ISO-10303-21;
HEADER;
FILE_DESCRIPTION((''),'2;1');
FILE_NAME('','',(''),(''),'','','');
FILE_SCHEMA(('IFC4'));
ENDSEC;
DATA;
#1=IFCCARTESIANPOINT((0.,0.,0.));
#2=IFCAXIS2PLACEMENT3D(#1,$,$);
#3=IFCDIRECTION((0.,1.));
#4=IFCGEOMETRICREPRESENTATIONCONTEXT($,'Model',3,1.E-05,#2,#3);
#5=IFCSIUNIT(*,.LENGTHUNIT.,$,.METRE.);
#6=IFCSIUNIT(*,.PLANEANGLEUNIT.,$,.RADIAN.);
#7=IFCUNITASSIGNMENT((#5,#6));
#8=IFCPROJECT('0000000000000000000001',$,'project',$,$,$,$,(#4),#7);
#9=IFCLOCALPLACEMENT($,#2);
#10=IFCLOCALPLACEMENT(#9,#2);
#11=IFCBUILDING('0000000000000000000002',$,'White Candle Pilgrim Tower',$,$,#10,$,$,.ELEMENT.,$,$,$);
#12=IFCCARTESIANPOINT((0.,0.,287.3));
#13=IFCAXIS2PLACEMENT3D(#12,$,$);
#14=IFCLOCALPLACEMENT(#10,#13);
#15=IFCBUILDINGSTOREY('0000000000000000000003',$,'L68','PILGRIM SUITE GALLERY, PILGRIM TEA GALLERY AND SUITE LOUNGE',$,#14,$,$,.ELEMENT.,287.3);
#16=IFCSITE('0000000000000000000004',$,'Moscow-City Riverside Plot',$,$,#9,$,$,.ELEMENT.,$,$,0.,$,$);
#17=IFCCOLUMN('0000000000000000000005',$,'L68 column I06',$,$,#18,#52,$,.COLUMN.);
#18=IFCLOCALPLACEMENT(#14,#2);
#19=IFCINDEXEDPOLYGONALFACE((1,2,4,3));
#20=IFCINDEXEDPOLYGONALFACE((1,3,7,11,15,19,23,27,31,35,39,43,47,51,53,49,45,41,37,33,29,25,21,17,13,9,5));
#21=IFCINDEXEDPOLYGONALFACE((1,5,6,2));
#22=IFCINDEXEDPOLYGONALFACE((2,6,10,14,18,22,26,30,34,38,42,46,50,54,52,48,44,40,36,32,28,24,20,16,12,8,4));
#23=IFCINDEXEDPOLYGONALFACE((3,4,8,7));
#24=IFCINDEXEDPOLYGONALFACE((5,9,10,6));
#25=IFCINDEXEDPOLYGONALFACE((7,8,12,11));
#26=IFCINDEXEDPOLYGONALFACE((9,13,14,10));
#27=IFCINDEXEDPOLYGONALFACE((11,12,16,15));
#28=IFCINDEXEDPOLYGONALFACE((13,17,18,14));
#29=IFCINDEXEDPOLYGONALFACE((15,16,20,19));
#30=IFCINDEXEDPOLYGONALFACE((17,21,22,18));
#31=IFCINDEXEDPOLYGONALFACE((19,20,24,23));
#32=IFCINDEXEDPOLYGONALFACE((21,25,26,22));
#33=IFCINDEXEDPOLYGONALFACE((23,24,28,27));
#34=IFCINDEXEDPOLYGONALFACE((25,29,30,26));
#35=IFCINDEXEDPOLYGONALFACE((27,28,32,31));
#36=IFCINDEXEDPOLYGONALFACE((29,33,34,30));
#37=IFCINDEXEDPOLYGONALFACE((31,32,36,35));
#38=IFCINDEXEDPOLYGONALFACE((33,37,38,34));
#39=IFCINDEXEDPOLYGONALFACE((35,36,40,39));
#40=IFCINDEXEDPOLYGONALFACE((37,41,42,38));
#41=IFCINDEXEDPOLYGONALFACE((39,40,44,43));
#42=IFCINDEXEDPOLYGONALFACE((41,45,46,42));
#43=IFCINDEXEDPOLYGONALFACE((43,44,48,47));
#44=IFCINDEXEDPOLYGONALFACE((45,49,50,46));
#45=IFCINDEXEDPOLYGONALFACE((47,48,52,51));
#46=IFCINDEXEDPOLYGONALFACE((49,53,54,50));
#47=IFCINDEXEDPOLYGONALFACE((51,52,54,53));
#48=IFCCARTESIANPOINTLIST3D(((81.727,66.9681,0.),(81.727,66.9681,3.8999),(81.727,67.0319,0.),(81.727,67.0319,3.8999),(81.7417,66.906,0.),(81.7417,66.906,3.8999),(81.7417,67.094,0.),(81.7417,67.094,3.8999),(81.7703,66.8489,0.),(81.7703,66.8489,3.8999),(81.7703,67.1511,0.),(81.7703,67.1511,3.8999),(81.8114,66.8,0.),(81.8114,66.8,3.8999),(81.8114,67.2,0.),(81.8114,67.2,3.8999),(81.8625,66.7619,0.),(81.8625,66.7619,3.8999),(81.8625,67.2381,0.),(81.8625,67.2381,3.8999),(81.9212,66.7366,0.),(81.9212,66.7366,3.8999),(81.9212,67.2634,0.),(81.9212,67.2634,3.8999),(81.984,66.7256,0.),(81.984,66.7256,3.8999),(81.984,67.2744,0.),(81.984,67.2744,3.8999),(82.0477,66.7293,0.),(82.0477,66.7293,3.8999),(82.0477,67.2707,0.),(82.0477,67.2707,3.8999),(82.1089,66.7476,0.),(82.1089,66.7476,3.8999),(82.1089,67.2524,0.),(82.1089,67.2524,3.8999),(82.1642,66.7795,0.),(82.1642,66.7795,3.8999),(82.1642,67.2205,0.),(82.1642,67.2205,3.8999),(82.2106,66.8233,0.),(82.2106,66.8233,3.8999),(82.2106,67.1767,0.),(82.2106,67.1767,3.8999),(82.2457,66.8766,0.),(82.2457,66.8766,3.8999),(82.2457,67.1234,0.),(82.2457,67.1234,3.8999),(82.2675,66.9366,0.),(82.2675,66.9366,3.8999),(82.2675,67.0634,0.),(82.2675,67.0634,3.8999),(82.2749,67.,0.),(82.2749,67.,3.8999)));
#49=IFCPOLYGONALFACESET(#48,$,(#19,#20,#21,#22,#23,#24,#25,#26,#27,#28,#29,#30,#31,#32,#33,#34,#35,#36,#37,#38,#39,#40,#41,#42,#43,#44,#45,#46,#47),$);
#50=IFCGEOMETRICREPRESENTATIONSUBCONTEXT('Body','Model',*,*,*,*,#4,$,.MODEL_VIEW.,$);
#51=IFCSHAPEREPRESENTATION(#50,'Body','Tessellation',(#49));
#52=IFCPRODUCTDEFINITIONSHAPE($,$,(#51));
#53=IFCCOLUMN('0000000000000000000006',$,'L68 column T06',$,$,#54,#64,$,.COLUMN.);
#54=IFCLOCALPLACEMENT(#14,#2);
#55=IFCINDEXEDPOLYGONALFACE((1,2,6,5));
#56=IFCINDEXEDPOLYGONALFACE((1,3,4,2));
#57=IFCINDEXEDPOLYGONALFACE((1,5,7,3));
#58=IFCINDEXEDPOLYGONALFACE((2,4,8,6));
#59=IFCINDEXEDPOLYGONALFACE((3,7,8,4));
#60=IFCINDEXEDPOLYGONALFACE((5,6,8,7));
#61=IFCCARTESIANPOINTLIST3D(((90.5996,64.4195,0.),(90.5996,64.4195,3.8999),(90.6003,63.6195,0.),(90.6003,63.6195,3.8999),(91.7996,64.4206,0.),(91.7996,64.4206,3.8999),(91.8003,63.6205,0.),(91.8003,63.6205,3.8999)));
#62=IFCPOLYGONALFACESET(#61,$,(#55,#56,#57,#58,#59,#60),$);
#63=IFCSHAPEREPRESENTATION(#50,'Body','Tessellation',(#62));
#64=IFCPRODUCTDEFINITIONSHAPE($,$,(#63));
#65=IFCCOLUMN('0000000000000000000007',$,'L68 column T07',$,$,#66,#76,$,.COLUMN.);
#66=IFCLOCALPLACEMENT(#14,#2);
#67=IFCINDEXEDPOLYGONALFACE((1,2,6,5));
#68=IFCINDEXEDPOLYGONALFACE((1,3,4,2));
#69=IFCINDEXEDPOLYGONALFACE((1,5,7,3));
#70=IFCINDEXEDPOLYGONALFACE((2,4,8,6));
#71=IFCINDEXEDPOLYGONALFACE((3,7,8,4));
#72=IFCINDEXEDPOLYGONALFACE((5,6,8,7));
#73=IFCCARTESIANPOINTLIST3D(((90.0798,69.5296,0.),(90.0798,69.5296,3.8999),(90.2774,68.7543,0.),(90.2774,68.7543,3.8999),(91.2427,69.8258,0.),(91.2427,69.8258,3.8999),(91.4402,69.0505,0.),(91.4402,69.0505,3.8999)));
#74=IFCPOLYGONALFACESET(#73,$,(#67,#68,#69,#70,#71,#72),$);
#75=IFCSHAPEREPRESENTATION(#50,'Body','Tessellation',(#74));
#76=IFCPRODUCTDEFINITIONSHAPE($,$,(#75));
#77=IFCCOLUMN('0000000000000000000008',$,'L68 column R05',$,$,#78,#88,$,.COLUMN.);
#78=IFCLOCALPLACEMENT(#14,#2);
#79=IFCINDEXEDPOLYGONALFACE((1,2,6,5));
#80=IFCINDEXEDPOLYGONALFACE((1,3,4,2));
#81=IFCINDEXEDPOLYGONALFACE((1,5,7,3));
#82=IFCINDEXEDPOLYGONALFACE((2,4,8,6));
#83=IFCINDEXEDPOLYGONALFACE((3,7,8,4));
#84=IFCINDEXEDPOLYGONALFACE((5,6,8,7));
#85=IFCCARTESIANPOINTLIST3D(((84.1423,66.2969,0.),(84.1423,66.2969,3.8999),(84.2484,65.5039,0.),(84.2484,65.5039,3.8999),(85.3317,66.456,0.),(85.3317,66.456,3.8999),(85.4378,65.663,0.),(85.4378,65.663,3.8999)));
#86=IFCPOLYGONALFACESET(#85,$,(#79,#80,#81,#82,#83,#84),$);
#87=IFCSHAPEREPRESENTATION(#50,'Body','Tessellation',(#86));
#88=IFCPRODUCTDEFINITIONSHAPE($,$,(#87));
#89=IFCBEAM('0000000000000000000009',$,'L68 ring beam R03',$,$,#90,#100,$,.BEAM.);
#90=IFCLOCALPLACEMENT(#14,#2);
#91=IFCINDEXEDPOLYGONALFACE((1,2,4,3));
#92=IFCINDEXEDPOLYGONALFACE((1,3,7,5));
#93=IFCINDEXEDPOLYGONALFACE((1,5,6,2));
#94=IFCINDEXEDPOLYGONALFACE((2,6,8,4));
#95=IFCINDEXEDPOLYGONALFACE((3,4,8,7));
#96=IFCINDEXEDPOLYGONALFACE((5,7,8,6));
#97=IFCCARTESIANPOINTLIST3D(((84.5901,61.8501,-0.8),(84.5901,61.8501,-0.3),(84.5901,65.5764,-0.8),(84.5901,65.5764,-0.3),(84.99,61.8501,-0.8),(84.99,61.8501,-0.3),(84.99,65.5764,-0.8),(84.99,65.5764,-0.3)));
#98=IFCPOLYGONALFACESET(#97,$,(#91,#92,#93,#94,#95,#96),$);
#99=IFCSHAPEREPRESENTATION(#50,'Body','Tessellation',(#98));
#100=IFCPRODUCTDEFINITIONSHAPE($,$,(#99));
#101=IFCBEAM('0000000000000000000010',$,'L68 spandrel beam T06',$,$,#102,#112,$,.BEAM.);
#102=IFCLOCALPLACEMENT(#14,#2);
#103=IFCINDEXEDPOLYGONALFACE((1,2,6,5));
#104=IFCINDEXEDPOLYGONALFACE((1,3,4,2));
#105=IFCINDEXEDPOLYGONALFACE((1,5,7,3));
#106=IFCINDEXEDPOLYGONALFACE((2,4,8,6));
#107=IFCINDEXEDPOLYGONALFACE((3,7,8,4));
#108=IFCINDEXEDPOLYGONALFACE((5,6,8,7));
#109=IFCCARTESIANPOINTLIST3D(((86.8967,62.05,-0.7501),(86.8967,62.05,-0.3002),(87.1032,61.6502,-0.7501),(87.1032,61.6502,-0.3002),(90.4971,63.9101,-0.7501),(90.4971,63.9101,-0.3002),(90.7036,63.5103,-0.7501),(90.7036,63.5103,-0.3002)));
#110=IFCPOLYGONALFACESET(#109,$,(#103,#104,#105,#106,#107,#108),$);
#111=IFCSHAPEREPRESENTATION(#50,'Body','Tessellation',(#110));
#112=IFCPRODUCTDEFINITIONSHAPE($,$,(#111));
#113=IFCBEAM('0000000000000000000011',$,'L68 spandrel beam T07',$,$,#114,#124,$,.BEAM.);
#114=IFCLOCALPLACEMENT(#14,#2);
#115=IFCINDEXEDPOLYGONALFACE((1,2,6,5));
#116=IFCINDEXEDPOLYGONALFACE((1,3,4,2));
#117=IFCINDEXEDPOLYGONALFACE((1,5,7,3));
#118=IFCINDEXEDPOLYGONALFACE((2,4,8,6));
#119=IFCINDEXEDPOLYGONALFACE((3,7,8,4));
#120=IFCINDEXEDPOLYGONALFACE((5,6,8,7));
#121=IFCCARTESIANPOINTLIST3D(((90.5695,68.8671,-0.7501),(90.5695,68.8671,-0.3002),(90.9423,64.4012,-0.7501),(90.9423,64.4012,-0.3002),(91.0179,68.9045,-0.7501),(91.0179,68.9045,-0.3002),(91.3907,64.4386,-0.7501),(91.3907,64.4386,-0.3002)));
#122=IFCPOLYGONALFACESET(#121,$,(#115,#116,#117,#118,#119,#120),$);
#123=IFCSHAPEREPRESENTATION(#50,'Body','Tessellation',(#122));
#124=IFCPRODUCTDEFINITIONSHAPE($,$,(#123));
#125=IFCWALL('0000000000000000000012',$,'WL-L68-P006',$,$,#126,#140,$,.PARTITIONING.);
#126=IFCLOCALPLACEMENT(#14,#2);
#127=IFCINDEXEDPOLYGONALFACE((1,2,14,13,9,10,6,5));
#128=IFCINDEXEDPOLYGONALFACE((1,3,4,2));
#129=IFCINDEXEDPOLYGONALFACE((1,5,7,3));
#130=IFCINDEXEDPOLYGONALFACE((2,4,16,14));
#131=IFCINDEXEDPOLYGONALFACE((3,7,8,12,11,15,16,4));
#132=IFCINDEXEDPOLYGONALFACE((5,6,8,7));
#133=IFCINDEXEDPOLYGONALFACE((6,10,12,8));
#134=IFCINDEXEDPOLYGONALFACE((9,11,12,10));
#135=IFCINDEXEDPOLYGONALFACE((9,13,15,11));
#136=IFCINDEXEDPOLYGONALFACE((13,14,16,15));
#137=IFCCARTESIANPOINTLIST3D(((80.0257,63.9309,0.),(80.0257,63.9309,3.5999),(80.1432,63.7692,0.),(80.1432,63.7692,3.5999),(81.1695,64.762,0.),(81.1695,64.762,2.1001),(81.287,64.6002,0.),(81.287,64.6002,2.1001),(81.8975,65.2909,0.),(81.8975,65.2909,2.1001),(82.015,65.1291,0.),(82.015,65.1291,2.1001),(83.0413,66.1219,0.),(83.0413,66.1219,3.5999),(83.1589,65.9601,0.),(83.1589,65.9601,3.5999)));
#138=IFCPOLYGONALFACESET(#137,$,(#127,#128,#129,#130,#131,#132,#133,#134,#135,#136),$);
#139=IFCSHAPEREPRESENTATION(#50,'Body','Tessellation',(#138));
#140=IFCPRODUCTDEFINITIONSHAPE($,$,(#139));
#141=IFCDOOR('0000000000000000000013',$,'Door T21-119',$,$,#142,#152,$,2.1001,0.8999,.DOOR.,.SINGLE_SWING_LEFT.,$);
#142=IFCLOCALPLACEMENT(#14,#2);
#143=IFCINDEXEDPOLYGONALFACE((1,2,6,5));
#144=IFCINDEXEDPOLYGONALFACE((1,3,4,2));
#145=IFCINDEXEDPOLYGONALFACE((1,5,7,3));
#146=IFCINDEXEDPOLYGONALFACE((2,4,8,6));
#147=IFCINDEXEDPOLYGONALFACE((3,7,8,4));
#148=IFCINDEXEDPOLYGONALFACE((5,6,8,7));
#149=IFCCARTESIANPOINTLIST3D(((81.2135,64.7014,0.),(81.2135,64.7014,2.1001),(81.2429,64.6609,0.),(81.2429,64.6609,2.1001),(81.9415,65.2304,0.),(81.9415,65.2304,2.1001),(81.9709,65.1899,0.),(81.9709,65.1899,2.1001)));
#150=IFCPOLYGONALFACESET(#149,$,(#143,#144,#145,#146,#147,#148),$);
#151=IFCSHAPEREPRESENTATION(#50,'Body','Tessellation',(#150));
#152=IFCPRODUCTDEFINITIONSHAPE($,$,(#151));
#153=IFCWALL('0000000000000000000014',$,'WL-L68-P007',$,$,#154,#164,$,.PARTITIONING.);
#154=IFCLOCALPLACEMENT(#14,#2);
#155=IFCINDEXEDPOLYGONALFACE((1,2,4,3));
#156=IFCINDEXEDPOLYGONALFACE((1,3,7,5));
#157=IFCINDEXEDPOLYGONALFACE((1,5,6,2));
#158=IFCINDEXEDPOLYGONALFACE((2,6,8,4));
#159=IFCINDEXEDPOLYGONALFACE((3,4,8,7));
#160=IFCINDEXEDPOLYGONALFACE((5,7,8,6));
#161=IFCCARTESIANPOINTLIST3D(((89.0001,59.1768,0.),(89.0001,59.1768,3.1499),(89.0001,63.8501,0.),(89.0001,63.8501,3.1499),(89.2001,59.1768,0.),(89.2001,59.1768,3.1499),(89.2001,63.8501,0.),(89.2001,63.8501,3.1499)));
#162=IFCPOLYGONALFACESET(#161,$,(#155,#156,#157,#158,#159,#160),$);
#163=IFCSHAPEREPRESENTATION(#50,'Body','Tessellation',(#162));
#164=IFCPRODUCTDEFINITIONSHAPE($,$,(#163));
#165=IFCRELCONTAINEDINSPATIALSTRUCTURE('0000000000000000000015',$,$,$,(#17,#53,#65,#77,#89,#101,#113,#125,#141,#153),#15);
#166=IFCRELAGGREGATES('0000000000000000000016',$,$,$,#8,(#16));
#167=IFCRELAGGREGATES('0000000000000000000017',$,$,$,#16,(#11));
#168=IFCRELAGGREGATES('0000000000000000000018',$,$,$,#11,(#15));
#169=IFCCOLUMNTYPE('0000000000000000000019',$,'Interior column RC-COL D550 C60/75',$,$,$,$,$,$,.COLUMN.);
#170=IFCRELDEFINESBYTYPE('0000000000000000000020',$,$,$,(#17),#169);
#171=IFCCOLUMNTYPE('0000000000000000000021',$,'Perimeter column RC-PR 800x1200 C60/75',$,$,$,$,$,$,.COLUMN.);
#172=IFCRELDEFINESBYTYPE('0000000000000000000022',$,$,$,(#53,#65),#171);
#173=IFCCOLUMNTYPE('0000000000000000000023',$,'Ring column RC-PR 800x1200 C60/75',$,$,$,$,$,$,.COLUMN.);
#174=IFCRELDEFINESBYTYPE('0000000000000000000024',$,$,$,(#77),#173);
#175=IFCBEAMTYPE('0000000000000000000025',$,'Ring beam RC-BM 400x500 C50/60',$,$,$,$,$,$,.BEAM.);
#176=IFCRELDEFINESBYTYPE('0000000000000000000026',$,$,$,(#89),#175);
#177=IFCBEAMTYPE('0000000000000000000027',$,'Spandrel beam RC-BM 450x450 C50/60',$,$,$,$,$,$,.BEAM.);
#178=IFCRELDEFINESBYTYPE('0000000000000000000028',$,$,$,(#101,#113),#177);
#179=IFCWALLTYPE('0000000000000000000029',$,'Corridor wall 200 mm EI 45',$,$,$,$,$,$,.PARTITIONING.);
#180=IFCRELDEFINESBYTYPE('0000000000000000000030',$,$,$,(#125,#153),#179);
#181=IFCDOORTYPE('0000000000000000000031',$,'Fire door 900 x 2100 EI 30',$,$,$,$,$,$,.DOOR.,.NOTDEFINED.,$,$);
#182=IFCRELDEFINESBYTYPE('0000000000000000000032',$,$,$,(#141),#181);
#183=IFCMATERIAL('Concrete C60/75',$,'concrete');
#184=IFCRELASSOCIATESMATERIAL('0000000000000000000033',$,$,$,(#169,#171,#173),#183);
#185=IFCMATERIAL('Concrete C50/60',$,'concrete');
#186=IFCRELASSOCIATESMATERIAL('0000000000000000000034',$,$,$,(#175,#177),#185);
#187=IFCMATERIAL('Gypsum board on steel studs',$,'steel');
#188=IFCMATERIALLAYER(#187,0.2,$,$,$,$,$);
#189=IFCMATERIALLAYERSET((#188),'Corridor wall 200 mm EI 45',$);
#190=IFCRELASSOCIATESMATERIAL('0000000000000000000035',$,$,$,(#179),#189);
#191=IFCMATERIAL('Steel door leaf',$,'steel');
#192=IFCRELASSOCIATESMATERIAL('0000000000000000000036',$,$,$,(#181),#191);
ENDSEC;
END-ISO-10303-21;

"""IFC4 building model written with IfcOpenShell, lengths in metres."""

from ifc_helpers import new_model, si_unit, direction, frame, frame_2d, origin, origin_2d, place, context, subcontext, project, spatial, rectangle, circle, extrude, material, layer, layer_set, material_profile, profile_set, type_object, element, fill, save


model = new_model("IFC4")

# Units and contexts
model_context = context("Model", 3, precision=1e-05, world=origin(), true_north=direction((0.0, 1.0)))
body_context = subcontext(model_context, "Body", "Model", "MODEL_VIEW")
ifc_project = project(units=[si_unit("LENGTHUNIT", "METRE"), si_unit("PLANEANGLEUNIT", "RADIAN")], contexts=[model_context])

# Site, building, storey
site_placement = place(None, origin())
site = spatial("IfcSite", under=ifc_project, at=site_placement, Name="Moscow-City Riverside Plot", CompositionType="ELEMENT", RefElevation=0.0)
building_placement = place(site_placement, origin())
building = spatial("IfcBuilding", under=site, at=building_placement, Name="White Candle Pilgrim Tower", CompositionType="ELEMENT")
storey_placement = place(building_placement, frame((0.0, 0.0, 287.3)))
storey = spatial("IfcBuildingStorey", under=building, at=storey_placement, Name="L68", Description="PILGRIM SUITE GALLERY, PILGRIM TEA GALLERY AND SUITE LOUNGE", CompositionType="ELEMENT", Elevation=287.3)

# Columns
ifc_material_1 = material(Name="Concrete C60/75", Category="concrete")
ifc_material_profile_1 = material_profile(ifc_material_1, circle(Radius=0.2749, at=origin_2d()), Name="RC-COL D550")
ifc_profile_set_1 = profile_set([ifc_material_profile_1], Name="Concrete C60/75")
column_type_1 = type_object("IfcColumnType", Name="Interior column RC-COL D550 C60/75", PredefinedType="COLUMN", material=ifc_profile_set_1)
column_1_placement = place(storey_placement, frame((82.0, 67.0, 0.0), z_axis=(0.0, 0.0, 1.0), x_axis=(1.0, 0.0, 0.0)))
element("IfcColumn", 1, at=column_1_placement, inside=storey, type_object=column_type_1, Name="L68 column I06", PredefinedType="COLUMN", context=body_context, shape_type="SweptSolid", body=[
    extrude(circle(Radius=0.2749, at=origin_2d()), origin(), (0.0, 0.0, 1.0), 3.8999),
])
ifc_material_profile_2 = material_profile(ifc_material_1, rectangle(XDim=0.8, YDim=1.2, at=origin_2d()), Name="RC-PR 800x1200")
ifc_profile_set_2 = profile_set([ifc_material_profile_2], Name="Concrete C60/75")
column_type_2 = type_object("IfcColumnType", Name="Perimeter column RC-PR 800x1200 C60/75", PredefinedType="COLUMN", material=ifc_profile_set_2)
for number, where, z_axis, x_axis, name in (
    (2, (91.2, 64.02, 0.0), (0.0, 0.0, 1.0), (0.000855, -1.0, 0.0), "L68 column T06"),
    (3, (90.76, 69.29, 0.0), (0.0, 0.0, 1.0), (0.246881, -0.969046, 0.0), "L68 column T07"),
):
    element("IfcColumn", number, at=place(storey_placement, frame(where, z_axis=z_axis, x_axis=x_axis)), inside=storey, type_object=column_type_2, Name=name, PredefinedType="COLUMN", context=body_context, shape_type="SweptSolid", body=[
        extrude(rectangle(XDim=0.8, YDim=1.2, at=origin_2d()), origin(), (0.0, 0.0, 1.0), 3.8999),
    ])
ifc_material_profile_3 = material_profile(ifc_material_1, rectangle(XDim=0.8, YDim=1.2, at=origin_2d()), Name="RC-PR 800x1200")
ifc_profile_set_3 = profile_set([ifc_material_profile_3], Name="Concrete C60/75")
column_type_3 = type_object("IfcColumnType", Name="Ring column RC-PR 800x1200 C60/75", PredefinedType="COLUMN", material=ifc_profile_set_3)
column_2_placement = place(storey_placement, frame((84.79, 65.98, 0.0), z_axis=(0.0, 0.0, 1.0), x_axis=(0.132602, -0.991169, 0.0)))
element("IfcColumn", 4, at=column_2_placement, inside=storey, type_object=column_type_3, Name="L68 column R05", PredefinedType="COLUMN", context=body_context, shape_type="SweptSolid", body=[
    extrude(rectangle(XDim=0.8, YDim=1.2, at=origin_2d()), origin(), (0.0, 0.0, 1.0), 3.8999),
])

# Beams
ifc_material_2 = material(Name="Concrete C50/60", Category="concrete")
ifc_material_profile_4 = material_profile(ifc_material_2, rectangle(XDim=0.3999, YDim=0.5, at=origin_2d()), Name="RC-BM 400x500")
ifc_profile_set_4 = profile_set([ifc_material_profile_4], Name="Concrete C50/60")
beam_type_1 = type_object("IfcBeamType", Name="Ring beam RC-BM 400x500 C50/60", PredefinedType="BEAM", material=ifc_profile_set_4)
beam_1_placement = place(storey_placement, frame((84.79, 65.5764, -0.55), z_axis=(0.0, -1.0, 0.0), x_axis=(1.0, 0.0, 0.0)))
element("IfcBeam", 5, at=beam_1_placement, inside=storey, type_object=beam_type_1, Name="L68 ring beam R03", PredefinedType="BEAM", context=body_context, shape_type="SweptSolid", body=[
    extrude(rectangle(XDim=0.3999, YDim=0.5, at=origin_2d()), origin(), (0.0, 0.0, 1.0), 3.7263),
])
ifc_material_profile_5 = material_profile(ifc_material_2, rectangle(XDim=0.45, YDim=0.45, at=origin_2d()), Name="RC-BM 450x450")
ifc_profile_set_5 = profile_set([ifc_material_profile_5], Name="Concrete C50/60")
beam_type_2 = type_object("IfcBeamType", Name="Spandrel beam RC-BM 450x450 C50/60", PredefinedType="BEAM", material=ifc_profile_set_5)
beam_2_placement = place(storey_placement, frame((90.6003, 63.7102, -0.5251), z_axis=(-0.888433, -0.459007, 0.0), x_axis=(0.459007, -0.888433, 0.0)))
element("IfcBeam", 6, at=beam_2_placement, inside=storey, type_object=beam_type_2, Name="L68 spandrel beam T06", PredefinedType="BEAM", context=body_context, shape_type="SweptSolid", body=[
    extrude(rectangle(XDim=0.45, YDim=0.45, at=origin_2d()), origin(), (0.0, 0.0, 1.0), 4.0525),
])
beam_3_placement = place(storey_placement, frame((91.1665, 64.4199, -0.5251), z_axis=(-0.08319, 0.996534, 0.0), x_axis=(-0.996534, -0.08319, 0.0)))
element("IfcBeam", 7, at=beam_3_placement, inside=storey, type_object=beam_type_2, Name="L68 spandrel beam T07", PredefinedType="BEAM", context=body_context, shape_type="SweptSolid", body=[
    extrude(rectangle(XDim=0.45, YDim=0.45, at=origin_2d()), origin(), (0.0, 0.0, 1.0), 4.4814),
])

# Wall, opening, door
ifc_material_3 = material(Name="Gypsum board on steel studs", Category="steel")
ifc_layer_1 = layer(ifc_material_3, 0.2)
ifc_layer_set_1 = layer_set([ifc_layer_1], Name="Corridor wall 200 mm EI 45")
wall_type_1 = type_object("IfcWallType", Name="Corridor wall 200 mm EI 45", PredefinedType="PARTITIONING", material=ifc_layer_set_1)
wall_1_placement = place(storey_placement, frame((83.1001, 66.041, 0.0), z_axis=(0.0, 0.0, 1.0), x_axis=(-0.809025, -0.587774, 0.0)))
wall_1 = element("IfcWall", 8, at=wall_1_placement, inside=storey, type_object=wall_type_1, Name="WL-L68-P006", PredefinedType="PARTITIONING", context=body_context, shape_type="SweptSolid", body=[
    extrude(rectangle(XDim=3.7275, YDim=0.2, at=frame_2d((1.8638, 0.0))), origin(), (0.0, 0.0, 1.0), 3.5999),
])
opening_1_placement = place(wall_1_placement, frame((1.4138, 0.0, 0.0)))
opening_1 = element("IfcOpeningElement", 9, at=opening_1_placement, cuts=wall_1, PredefinedType="OPENING", context=body_context, shape_type="SweptSolid", body=[
    extrude(rectangle(XDim=0.8999, YDim=2.1001, at=frame_2d((0.45, 1.05))), frame((0.0, 0.1099, 0.0), z_axis=(0.0, -1.0, 0.0), x_axis=(1.0, 0.0, 0.0)), (0.0, 0.0, 1.0), 0.22),
])
ifc_material_4 = material(Name="Steel door leaf", Category="steel")
door_type = type_object("IfcDoorType", Name="Fire door 900 x 2100 EI 30", OperationType="NOTDEFINED", PredefinedType="DOOR", material=ifc_material_4)
door_1_placement = place(opening_1_placement, origin())
door_1 = element("IfcDoor", 10, at=door_1_placement, inside=storey, type_object=door_type, Name="Door T21-119", OperationType="SINGLE_SWING_LEFT", OverallHeight=2.1001, OverallWidth=0.8999, PredefinedType="DOOR", context=body_context, shape_type="SweptSolid", body=[
    extrude(rectangle(XDim=0.8999, YDim=2.1001, at=frame_2d((0.45, 1.05))), frame((0.0, 0.0249, 0.0), z_axis=(0.0, -1.0, 0.0), x_axis=(1.0, 0.0, 0.0)), (0.0, 0.0, 1.0), 0.05),
])
fill(opening_1, door_1)

# Wall
wall_2_placement = place(storey_placement, frame((89.1001, 63.8501, 0.0), z_axis=(0.0, 0.0, 1.0), x_axis=(0.0, -1.0, 0.0)))
element("IfcWall", 11, at=wall_2_placement, inside=storey, type_object=wall_type_1, Name="WL-L68-P007", PredefinedType="PARTITIONING", context=body_context, shape_type="SweptSolid", body=[
    extrude(rectangle(XDim=4.6733, YDim=0.2, at=frame_2d((2.3367, 0.0))), origin(), (0.0, 0.0, 1.0), 3.1499),
])

save(model, "model.ifc")
